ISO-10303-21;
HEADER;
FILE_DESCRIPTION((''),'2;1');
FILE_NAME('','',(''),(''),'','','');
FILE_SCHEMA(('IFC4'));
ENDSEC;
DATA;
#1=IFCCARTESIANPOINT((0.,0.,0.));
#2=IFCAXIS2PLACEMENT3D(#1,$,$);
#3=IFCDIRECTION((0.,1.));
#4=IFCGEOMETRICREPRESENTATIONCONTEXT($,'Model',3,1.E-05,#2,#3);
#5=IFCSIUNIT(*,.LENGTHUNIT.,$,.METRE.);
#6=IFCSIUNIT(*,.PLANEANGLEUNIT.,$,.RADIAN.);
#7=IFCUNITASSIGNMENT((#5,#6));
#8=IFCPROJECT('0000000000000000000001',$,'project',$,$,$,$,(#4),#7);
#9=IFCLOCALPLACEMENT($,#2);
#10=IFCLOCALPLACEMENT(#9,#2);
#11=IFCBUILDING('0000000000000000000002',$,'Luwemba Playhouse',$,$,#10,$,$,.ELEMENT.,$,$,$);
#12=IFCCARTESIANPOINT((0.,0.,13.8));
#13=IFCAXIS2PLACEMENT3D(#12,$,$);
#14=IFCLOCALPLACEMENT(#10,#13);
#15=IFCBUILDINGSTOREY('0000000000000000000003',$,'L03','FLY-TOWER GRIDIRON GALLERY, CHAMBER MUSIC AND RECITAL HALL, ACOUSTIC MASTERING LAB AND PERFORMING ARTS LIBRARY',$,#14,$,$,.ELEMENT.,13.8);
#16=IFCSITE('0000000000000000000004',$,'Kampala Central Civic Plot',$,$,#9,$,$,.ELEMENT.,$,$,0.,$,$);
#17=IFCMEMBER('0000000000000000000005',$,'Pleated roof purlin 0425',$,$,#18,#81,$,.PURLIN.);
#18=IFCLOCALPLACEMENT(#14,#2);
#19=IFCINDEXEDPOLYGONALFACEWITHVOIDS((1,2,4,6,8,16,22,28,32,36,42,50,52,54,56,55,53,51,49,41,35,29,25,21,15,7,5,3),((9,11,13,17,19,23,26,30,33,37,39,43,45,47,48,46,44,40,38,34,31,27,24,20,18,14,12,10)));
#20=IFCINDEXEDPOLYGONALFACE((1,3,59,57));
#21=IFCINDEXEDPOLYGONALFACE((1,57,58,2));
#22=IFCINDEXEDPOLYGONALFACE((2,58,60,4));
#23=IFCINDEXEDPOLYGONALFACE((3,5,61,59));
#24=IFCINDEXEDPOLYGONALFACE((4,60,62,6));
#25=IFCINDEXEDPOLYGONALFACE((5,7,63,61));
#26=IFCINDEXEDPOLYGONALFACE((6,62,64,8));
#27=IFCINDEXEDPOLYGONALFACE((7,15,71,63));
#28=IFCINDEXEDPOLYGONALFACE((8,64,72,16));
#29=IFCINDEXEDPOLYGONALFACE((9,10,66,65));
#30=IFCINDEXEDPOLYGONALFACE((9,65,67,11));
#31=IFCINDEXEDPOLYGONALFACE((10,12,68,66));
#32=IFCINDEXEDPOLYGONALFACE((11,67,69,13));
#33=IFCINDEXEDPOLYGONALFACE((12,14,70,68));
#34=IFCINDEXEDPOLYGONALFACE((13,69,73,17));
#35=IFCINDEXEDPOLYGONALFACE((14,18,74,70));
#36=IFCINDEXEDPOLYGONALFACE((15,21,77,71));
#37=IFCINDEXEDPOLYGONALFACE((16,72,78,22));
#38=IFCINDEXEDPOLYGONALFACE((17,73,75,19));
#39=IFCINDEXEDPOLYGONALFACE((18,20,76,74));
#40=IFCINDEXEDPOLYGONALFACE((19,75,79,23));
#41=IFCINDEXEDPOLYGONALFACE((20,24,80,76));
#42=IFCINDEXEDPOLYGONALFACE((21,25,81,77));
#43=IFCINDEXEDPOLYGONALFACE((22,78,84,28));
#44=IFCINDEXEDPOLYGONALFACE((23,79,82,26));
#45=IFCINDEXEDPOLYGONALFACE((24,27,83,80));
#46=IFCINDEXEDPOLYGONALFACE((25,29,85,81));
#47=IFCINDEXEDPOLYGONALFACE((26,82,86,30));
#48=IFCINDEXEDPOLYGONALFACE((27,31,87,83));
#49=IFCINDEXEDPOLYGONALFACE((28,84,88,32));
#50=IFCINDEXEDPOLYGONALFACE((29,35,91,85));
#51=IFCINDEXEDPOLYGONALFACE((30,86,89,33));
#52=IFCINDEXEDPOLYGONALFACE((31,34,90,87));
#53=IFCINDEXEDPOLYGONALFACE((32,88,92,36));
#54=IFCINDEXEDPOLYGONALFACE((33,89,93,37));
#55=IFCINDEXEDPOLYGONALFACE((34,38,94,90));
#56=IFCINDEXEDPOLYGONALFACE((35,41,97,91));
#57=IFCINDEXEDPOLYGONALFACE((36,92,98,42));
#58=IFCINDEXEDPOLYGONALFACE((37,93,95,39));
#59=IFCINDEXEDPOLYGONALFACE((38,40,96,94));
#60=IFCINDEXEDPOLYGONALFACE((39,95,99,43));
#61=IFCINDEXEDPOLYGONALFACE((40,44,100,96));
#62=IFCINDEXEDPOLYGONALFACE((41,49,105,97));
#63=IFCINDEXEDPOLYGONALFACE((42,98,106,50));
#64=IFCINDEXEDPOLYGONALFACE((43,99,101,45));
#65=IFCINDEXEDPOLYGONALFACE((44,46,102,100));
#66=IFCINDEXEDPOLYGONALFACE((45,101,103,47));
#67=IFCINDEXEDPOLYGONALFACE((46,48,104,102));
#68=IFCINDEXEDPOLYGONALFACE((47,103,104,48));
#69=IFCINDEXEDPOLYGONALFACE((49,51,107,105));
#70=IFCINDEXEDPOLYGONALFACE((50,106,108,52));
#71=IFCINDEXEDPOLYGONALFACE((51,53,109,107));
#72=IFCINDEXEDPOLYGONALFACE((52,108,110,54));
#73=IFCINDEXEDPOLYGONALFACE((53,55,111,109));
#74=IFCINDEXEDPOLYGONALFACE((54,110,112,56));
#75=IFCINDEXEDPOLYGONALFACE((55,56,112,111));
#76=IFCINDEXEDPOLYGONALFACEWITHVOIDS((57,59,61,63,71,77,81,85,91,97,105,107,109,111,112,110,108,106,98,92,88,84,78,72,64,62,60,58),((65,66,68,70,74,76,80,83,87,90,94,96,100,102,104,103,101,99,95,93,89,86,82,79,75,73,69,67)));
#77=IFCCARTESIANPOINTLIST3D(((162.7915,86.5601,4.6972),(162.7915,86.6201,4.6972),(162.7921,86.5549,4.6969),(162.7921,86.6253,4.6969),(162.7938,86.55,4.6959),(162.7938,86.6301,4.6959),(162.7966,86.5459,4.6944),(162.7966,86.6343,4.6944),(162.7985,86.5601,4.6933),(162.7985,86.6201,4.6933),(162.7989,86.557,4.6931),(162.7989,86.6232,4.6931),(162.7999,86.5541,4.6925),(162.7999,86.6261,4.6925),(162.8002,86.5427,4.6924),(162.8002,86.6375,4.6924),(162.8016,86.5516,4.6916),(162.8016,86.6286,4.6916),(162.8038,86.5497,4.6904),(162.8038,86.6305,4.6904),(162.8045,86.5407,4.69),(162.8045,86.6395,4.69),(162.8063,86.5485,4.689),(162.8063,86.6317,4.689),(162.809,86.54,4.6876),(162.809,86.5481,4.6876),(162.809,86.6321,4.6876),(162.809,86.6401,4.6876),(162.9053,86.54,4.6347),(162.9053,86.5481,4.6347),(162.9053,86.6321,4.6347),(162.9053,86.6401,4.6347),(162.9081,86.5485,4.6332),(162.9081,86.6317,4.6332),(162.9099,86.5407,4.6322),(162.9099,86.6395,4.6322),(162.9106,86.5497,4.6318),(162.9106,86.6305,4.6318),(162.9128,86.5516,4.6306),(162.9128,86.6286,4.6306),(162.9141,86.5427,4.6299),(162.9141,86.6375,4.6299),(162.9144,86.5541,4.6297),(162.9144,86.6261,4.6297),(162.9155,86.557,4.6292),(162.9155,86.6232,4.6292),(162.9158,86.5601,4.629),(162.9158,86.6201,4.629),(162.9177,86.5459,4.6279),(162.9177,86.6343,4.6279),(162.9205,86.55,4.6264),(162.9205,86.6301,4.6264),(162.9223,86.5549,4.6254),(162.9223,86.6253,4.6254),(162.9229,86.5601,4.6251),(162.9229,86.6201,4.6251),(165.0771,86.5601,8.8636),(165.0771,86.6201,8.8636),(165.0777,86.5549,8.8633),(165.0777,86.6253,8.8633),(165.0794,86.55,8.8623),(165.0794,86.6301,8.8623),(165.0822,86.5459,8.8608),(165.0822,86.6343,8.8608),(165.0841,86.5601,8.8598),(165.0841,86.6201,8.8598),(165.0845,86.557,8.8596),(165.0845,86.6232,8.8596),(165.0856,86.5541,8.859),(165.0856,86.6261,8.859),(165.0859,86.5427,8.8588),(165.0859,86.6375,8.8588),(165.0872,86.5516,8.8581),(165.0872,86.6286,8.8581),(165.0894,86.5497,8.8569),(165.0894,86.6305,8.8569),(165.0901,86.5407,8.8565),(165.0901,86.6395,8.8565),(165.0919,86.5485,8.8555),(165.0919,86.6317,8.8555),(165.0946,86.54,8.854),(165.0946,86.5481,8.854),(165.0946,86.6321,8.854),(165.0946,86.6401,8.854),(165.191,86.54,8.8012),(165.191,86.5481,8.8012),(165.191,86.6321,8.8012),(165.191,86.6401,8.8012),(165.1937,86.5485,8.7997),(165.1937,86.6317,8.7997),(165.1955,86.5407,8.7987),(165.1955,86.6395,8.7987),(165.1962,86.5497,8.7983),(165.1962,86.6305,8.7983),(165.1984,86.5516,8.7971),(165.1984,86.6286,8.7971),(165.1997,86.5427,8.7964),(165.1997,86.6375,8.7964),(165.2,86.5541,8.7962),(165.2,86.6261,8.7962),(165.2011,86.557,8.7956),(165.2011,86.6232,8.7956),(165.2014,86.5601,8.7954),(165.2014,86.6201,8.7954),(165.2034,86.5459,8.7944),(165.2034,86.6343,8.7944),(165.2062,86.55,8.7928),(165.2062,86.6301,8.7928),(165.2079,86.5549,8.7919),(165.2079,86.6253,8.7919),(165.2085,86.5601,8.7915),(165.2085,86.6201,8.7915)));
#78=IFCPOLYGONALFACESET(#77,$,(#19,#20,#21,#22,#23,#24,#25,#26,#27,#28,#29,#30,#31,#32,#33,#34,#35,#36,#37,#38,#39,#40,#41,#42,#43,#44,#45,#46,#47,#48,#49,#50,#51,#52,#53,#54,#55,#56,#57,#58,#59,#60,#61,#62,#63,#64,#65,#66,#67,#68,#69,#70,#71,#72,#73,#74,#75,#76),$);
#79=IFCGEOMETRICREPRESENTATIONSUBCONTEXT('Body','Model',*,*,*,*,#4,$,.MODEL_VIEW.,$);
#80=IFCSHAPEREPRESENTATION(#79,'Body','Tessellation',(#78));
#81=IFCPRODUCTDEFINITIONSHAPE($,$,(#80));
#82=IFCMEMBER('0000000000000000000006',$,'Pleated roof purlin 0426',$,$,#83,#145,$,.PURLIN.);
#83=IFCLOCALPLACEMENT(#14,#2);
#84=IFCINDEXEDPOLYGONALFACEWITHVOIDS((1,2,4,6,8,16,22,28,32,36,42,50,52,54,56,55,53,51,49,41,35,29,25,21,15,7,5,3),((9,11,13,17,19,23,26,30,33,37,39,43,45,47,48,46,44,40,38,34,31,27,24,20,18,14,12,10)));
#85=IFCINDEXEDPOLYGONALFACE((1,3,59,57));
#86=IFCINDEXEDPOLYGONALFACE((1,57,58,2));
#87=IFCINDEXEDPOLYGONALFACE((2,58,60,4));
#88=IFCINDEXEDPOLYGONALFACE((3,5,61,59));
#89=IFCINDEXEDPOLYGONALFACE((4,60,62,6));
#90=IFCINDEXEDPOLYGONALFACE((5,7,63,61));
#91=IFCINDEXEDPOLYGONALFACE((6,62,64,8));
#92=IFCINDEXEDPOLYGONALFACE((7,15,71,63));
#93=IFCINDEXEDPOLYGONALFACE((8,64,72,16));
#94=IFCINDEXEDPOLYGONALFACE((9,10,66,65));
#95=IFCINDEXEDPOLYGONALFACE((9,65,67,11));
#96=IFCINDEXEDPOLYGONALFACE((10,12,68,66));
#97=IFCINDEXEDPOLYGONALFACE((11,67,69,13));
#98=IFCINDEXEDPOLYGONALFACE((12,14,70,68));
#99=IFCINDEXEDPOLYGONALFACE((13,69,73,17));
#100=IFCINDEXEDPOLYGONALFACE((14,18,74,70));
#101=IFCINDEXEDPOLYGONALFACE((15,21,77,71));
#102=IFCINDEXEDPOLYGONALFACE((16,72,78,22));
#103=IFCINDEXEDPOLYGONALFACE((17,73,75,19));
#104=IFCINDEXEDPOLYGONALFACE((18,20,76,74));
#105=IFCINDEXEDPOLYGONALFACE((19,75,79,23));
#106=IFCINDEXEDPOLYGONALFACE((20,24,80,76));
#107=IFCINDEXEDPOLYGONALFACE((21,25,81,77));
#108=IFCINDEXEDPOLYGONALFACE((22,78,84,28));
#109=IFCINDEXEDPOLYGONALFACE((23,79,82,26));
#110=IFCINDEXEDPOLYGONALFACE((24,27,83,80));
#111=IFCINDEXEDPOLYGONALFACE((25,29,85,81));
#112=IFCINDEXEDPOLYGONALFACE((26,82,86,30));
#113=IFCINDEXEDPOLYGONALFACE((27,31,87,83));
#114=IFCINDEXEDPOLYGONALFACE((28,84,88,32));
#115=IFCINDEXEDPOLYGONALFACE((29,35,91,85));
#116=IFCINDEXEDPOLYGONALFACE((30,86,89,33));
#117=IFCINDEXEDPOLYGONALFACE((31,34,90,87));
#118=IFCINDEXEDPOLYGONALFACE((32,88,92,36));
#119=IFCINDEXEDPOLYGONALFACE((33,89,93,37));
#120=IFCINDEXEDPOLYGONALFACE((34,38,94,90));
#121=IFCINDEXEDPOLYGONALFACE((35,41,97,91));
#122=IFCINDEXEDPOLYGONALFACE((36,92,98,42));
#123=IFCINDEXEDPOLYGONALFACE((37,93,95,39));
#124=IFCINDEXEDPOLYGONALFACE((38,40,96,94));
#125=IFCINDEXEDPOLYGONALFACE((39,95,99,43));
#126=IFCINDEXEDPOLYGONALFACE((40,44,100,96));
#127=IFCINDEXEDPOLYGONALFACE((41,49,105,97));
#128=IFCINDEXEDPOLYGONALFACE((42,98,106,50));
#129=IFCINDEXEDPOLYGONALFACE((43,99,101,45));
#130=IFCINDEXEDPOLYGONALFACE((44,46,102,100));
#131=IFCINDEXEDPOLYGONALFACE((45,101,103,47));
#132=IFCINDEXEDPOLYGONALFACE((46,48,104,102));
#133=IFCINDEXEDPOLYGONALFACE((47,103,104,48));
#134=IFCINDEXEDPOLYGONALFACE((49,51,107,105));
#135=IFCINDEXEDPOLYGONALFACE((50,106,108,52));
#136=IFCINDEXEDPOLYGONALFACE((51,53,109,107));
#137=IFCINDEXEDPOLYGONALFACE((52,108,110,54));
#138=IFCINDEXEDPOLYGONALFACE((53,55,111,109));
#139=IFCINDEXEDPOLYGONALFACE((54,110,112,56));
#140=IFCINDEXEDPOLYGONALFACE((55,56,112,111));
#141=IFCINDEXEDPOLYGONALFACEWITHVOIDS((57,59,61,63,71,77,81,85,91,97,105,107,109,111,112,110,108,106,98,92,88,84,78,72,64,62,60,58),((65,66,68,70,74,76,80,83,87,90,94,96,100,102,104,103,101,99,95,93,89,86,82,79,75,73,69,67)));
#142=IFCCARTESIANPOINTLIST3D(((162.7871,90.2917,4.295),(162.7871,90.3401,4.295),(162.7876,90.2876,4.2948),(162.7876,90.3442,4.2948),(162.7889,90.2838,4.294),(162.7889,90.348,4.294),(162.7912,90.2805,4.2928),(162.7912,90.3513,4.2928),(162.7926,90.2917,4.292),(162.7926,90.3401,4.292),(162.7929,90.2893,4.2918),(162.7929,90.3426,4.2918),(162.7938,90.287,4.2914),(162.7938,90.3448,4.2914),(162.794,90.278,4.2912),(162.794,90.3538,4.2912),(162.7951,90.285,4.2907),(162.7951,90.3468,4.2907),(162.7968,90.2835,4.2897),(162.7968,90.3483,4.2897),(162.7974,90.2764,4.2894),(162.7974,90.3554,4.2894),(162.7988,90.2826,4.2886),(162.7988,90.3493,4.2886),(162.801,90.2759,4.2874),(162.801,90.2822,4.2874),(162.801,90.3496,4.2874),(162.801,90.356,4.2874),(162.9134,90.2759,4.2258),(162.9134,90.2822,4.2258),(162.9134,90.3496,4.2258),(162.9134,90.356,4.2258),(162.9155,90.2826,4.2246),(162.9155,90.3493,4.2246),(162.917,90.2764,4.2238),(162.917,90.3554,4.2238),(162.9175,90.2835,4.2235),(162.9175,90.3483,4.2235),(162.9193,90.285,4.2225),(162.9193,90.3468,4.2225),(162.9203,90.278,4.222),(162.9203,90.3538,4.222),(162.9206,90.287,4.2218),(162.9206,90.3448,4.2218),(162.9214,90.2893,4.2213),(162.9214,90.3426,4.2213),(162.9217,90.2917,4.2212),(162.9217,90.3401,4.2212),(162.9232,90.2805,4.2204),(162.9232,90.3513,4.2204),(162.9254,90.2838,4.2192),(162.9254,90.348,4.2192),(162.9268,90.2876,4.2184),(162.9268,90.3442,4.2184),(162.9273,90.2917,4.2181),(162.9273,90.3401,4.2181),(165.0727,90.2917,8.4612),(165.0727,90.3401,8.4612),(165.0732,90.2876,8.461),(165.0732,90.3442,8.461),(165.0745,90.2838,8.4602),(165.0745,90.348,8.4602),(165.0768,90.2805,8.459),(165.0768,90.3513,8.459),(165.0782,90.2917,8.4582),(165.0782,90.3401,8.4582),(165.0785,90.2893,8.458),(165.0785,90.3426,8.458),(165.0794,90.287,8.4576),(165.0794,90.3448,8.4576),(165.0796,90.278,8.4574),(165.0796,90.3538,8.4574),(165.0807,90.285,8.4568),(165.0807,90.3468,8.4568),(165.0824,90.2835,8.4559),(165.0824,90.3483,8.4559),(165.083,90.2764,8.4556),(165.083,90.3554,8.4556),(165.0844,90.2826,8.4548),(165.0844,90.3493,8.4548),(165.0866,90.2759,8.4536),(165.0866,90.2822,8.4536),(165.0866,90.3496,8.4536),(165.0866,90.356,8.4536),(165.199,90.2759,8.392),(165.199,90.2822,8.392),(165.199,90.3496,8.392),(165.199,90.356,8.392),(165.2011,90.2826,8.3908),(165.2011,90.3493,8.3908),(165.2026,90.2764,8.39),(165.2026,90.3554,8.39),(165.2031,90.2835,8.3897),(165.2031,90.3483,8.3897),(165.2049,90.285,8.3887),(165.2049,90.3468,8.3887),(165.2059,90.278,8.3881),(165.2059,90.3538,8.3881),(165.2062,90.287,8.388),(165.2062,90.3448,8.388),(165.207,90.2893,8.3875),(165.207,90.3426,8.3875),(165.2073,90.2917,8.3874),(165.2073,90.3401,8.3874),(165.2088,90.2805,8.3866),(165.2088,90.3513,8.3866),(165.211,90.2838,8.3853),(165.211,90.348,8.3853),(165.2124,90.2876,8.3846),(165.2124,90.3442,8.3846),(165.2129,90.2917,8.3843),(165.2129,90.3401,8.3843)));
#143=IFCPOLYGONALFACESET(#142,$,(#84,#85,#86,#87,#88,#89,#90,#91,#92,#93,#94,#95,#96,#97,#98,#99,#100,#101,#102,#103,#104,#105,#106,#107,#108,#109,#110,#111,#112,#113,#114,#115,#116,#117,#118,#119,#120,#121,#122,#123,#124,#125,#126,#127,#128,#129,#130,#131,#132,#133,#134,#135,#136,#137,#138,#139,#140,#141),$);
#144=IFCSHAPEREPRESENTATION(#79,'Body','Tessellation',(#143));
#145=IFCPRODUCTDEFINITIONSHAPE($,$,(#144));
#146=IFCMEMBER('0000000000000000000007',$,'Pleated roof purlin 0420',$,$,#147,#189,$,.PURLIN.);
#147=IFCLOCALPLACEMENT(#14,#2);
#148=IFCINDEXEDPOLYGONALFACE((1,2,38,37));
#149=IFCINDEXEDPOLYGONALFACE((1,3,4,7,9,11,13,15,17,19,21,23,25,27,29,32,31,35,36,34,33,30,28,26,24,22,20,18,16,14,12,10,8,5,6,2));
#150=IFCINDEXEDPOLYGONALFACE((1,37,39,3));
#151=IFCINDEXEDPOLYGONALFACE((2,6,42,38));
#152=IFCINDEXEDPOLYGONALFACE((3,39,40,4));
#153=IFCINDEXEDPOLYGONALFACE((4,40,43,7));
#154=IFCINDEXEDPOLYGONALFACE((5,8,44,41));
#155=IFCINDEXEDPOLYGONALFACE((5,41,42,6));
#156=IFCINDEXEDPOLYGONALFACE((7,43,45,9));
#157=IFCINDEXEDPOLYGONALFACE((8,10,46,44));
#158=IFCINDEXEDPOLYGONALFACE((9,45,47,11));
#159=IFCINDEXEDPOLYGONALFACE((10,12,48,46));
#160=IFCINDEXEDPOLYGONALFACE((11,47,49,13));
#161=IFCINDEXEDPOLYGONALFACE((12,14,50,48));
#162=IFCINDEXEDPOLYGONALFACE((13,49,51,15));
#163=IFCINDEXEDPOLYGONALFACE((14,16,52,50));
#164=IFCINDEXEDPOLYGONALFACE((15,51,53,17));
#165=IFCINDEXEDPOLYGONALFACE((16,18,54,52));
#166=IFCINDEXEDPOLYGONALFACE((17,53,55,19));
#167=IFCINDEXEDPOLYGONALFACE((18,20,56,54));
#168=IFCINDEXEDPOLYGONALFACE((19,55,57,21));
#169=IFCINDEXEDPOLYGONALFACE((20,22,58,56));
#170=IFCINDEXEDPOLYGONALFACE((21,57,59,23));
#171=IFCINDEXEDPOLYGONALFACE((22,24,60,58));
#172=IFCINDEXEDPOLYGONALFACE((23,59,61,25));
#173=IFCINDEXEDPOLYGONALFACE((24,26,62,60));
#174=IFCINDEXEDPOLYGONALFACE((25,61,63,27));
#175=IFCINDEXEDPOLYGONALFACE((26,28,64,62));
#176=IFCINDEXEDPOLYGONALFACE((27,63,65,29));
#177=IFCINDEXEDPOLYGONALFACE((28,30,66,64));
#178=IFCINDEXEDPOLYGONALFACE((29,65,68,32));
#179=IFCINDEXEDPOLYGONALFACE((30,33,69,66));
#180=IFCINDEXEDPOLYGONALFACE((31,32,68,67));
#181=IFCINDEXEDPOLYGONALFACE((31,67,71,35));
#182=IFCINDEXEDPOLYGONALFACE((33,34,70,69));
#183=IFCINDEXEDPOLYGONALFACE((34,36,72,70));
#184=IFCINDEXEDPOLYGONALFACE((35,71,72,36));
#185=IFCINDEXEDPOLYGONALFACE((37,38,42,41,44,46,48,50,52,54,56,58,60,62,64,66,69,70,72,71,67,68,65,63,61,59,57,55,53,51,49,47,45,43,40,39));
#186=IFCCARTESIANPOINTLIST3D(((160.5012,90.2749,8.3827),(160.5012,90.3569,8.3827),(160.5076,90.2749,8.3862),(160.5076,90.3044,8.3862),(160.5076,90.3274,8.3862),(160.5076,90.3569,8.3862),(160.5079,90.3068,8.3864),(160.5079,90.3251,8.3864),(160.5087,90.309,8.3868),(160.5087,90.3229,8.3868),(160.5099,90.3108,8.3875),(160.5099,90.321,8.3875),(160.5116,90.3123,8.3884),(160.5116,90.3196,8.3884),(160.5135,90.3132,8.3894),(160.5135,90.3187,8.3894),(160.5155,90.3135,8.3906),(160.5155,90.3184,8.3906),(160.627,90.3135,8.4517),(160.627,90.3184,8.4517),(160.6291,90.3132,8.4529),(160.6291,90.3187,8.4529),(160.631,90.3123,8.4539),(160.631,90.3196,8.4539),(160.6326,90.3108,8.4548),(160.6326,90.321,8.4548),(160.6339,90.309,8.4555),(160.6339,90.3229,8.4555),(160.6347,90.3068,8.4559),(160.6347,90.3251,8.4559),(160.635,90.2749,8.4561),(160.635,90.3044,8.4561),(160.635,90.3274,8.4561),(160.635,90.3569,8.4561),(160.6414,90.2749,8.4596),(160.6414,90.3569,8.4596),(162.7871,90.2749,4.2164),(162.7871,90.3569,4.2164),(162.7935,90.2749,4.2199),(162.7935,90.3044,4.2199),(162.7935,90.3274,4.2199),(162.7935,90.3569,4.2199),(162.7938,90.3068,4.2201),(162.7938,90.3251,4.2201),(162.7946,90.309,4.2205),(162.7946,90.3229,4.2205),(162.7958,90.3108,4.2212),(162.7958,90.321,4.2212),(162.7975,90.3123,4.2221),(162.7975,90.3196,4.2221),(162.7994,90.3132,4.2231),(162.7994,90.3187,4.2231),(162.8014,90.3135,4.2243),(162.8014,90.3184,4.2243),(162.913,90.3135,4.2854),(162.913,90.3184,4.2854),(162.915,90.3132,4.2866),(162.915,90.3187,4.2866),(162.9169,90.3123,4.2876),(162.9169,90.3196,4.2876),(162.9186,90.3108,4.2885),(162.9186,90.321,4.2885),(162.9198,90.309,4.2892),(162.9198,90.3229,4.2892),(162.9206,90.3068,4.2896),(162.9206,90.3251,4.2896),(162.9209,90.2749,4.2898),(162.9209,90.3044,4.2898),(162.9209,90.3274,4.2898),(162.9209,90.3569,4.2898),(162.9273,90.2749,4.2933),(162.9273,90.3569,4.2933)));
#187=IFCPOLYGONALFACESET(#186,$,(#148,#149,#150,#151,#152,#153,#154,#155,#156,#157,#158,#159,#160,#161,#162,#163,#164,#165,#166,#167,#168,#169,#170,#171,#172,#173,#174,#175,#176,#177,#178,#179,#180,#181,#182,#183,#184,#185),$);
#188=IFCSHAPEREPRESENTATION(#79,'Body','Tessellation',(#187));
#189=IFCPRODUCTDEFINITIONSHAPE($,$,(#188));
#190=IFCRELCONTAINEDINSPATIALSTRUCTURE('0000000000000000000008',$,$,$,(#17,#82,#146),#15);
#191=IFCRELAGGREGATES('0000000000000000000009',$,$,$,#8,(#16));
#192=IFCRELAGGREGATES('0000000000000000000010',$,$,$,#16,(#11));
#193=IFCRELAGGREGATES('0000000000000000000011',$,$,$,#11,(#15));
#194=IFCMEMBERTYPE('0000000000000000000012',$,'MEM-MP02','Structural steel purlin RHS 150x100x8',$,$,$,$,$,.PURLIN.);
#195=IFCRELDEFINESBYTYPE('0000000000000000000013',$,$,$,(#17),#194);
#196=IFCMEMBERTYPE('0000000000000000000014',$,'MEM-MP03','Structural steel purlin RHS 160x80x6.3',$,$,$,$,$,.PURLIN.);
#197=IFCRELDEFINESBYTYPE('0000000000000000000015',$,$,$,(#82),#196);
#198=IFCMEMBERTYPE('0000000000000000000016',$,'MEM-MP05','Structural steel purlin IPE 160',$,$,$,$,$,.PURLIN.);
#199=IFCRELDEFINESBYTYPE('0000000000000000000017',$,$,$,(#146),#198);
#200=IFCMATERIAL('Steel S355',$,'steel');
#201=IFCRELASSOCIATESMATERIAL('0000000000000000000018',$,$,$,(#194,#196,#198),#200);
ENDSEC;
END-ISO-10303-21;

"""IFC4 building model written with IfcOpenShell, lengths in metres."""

from ifc_helpers import new_model, si_unit, direction, frame, origin, origin_2d, place, context, subcontext, project, spatial, hollow_rectangle, i_section, extrude, material, material_profile, profile_set, type_object, element, save


model = new_model("IFC4")

# Units and contexts
model_context = context("Model", 3, precision=1e-05, world=origin(), true_north=direction((0.0, 1.0)))
body_context = subcontext(model_context, "Body", "Model", "MODEL_VIEW")
ifc_project = project(units=[si_unit("LENGTHUNIT", "METRE"), si_unit("PLANEANGLEUNIT", "RADIAN")], contexts=[model_context])

# Site, building, storey
site_placement = place(None, origin())
site = spatial("IfcSite", under=ifc_project, at=site_placement, Name="Kampala Central Civic Plot", CompositionType="ELEMENT", RefElevation=0.0)
building_placement = place(site_placement, origin())
building = spatial("IfcBuilding", under=site, at=building_placement, Name="Luwemba Playhouse", CompositionType="ELEMENT")
storey_placement = place(building_placement, frame((0.0, 0.0, 13.8)))
storey = spatial("IfcBuildingStorey", under=building, at=storey_placement, Name="L03", Description="FLY-TOWER GRIDIRON GALLERY, CHAMBER MUSIC AND RECITAL HALL, ACOUSTIC MASTERING LAB AND PERFORMING ARTS LIBRARY", CompositionType="ELEMENT", Elevation=13.8)

# Shared definitions
ifc_material_1 = material(Name="Steel S355", Category="steel")

# Members
ifc_material_profile_1 = material_profile(ifc_material_1, hollow_rectangle(XDim=0.1001, YDim=0.1499, WallThickness=0.0081, InnerFilletRadius=0.012, OuterFilletRadius=0.02, at=origin_2d()))
ifc_profile_set_1 = profile_set([ifc_material_profile_1], Name="Steel S355")
member_type_1 = type_object("IfcMemberType", Name="MEM-MP02", Description="Structural steel purlin RHS 150x100x8", PredefinedType="PURLIN", material=ifc_profile_set_1)
member_1_placement = place(storey_placement, frame((162.8572, 86.5901, 4.6611), z_axis=(0.48096, 0.0, 0.876743), x_axis=(0.0, 1.0, 0.0)))
element("IfcMember", 1, at=member_1_placement, inside=storey, type_object=member_type_1, Name="Pleated roof purlin 0425", PredefinedType="PURLIN", context=body_context, shape_type="SweptSolid", body=[
    extrude(hollow_rectangle(XDim=0.1001, YDim=0.1499, WallThickness=0.0081, InnerFilletRadius=0.012, OuterFilletRadius=0.02, at=origin_2d()), origin(), (0.0, 0.0, 1.0), 4.7522),
])
ifc_material_profile_2 = material_profile(ifc_material_1, hollow_rectangle(XDim=0.0801, YDim=0.1599, WallThickness=0.0063, InnerFilletRadius=0.0095, OuterFilletRadius=0.0159, at=origin_2d()))
ifc_profile_set_2 = profile_set([ifc_material_profile_2], Name="Steel S355")
member_type_2 = type_object("IfcMemberType", Name="MEM-MP03", Description="Structural steel purlin RHS 160x80x6.3", PredefinedType="PURLIN", material=ifc_profile_set_2)
member_2_placement = place(storey_placement, frame((162.8572, 90.3159, 4.2566), z_axis=(0.480982, 0.0, 0.876731), x_axis=(0.0, 1.0, 0.0)))
element("IfcMember", 2, at=member_2_placement, inside=storey, type_object=member_type_2, Name="Pleated roof purlin 0426", PredefinedType="PURLIN", context=body_context, shape_type="SweptSolid", body=[
    extrude(hollow_rectangle(XDim=0.0801, YDim=0.1599, WallThickness=0.0063, InnerFilletRadius=0.0095, OuterFilletRadius=0.0159, at=origin_2d()), origin(), (0.0, 0.0, 1.0), 4.752),
])
ifc_material_profile_3 = material_profile(ifc_material_1, i_section(OverallWidth=0.082, OverallDepth=0.1599, WebThickness=0.0049, FlangeThickness=0.0073, FilletRadius=0.009, at=origin_2d()))
ifc_profile_set_3 = profile_set([ifc_material_profile_3], Name="Steel S355")
member_type_3 = type_object("IfcMemberType", Name="MEM-MP05", Description="Structural steel purlin IPE 160", PredefinedType="PURLIN", material=ifc_profile_set_3)
member_3_placement = place(storey_placement, frame((160.5713, 90.3159, 8.4211), z_axis=(0.481021, 0.0, -0.876709), x_axis=(0.0, 1.0, 0.0)))
element("IfcMember", 3, at=member_3_placement, inside=storey, type_object=member_type_3, Name="Pleated roof purlin 0420", PredefinedType="PURLIN", context=body_context, shape_type="SweptSolid", body=[
    extrude(i_section(OverallWidth=0.082, OverallDepth=0.1599, WebThickness=0.0049, FlangeThickness=0.0073, FilletRadius=0.009, at=origin_2d()), origin(), (0.0, 0.0, 1.0), 4.7522),
])

save(model, "model.ifc")
